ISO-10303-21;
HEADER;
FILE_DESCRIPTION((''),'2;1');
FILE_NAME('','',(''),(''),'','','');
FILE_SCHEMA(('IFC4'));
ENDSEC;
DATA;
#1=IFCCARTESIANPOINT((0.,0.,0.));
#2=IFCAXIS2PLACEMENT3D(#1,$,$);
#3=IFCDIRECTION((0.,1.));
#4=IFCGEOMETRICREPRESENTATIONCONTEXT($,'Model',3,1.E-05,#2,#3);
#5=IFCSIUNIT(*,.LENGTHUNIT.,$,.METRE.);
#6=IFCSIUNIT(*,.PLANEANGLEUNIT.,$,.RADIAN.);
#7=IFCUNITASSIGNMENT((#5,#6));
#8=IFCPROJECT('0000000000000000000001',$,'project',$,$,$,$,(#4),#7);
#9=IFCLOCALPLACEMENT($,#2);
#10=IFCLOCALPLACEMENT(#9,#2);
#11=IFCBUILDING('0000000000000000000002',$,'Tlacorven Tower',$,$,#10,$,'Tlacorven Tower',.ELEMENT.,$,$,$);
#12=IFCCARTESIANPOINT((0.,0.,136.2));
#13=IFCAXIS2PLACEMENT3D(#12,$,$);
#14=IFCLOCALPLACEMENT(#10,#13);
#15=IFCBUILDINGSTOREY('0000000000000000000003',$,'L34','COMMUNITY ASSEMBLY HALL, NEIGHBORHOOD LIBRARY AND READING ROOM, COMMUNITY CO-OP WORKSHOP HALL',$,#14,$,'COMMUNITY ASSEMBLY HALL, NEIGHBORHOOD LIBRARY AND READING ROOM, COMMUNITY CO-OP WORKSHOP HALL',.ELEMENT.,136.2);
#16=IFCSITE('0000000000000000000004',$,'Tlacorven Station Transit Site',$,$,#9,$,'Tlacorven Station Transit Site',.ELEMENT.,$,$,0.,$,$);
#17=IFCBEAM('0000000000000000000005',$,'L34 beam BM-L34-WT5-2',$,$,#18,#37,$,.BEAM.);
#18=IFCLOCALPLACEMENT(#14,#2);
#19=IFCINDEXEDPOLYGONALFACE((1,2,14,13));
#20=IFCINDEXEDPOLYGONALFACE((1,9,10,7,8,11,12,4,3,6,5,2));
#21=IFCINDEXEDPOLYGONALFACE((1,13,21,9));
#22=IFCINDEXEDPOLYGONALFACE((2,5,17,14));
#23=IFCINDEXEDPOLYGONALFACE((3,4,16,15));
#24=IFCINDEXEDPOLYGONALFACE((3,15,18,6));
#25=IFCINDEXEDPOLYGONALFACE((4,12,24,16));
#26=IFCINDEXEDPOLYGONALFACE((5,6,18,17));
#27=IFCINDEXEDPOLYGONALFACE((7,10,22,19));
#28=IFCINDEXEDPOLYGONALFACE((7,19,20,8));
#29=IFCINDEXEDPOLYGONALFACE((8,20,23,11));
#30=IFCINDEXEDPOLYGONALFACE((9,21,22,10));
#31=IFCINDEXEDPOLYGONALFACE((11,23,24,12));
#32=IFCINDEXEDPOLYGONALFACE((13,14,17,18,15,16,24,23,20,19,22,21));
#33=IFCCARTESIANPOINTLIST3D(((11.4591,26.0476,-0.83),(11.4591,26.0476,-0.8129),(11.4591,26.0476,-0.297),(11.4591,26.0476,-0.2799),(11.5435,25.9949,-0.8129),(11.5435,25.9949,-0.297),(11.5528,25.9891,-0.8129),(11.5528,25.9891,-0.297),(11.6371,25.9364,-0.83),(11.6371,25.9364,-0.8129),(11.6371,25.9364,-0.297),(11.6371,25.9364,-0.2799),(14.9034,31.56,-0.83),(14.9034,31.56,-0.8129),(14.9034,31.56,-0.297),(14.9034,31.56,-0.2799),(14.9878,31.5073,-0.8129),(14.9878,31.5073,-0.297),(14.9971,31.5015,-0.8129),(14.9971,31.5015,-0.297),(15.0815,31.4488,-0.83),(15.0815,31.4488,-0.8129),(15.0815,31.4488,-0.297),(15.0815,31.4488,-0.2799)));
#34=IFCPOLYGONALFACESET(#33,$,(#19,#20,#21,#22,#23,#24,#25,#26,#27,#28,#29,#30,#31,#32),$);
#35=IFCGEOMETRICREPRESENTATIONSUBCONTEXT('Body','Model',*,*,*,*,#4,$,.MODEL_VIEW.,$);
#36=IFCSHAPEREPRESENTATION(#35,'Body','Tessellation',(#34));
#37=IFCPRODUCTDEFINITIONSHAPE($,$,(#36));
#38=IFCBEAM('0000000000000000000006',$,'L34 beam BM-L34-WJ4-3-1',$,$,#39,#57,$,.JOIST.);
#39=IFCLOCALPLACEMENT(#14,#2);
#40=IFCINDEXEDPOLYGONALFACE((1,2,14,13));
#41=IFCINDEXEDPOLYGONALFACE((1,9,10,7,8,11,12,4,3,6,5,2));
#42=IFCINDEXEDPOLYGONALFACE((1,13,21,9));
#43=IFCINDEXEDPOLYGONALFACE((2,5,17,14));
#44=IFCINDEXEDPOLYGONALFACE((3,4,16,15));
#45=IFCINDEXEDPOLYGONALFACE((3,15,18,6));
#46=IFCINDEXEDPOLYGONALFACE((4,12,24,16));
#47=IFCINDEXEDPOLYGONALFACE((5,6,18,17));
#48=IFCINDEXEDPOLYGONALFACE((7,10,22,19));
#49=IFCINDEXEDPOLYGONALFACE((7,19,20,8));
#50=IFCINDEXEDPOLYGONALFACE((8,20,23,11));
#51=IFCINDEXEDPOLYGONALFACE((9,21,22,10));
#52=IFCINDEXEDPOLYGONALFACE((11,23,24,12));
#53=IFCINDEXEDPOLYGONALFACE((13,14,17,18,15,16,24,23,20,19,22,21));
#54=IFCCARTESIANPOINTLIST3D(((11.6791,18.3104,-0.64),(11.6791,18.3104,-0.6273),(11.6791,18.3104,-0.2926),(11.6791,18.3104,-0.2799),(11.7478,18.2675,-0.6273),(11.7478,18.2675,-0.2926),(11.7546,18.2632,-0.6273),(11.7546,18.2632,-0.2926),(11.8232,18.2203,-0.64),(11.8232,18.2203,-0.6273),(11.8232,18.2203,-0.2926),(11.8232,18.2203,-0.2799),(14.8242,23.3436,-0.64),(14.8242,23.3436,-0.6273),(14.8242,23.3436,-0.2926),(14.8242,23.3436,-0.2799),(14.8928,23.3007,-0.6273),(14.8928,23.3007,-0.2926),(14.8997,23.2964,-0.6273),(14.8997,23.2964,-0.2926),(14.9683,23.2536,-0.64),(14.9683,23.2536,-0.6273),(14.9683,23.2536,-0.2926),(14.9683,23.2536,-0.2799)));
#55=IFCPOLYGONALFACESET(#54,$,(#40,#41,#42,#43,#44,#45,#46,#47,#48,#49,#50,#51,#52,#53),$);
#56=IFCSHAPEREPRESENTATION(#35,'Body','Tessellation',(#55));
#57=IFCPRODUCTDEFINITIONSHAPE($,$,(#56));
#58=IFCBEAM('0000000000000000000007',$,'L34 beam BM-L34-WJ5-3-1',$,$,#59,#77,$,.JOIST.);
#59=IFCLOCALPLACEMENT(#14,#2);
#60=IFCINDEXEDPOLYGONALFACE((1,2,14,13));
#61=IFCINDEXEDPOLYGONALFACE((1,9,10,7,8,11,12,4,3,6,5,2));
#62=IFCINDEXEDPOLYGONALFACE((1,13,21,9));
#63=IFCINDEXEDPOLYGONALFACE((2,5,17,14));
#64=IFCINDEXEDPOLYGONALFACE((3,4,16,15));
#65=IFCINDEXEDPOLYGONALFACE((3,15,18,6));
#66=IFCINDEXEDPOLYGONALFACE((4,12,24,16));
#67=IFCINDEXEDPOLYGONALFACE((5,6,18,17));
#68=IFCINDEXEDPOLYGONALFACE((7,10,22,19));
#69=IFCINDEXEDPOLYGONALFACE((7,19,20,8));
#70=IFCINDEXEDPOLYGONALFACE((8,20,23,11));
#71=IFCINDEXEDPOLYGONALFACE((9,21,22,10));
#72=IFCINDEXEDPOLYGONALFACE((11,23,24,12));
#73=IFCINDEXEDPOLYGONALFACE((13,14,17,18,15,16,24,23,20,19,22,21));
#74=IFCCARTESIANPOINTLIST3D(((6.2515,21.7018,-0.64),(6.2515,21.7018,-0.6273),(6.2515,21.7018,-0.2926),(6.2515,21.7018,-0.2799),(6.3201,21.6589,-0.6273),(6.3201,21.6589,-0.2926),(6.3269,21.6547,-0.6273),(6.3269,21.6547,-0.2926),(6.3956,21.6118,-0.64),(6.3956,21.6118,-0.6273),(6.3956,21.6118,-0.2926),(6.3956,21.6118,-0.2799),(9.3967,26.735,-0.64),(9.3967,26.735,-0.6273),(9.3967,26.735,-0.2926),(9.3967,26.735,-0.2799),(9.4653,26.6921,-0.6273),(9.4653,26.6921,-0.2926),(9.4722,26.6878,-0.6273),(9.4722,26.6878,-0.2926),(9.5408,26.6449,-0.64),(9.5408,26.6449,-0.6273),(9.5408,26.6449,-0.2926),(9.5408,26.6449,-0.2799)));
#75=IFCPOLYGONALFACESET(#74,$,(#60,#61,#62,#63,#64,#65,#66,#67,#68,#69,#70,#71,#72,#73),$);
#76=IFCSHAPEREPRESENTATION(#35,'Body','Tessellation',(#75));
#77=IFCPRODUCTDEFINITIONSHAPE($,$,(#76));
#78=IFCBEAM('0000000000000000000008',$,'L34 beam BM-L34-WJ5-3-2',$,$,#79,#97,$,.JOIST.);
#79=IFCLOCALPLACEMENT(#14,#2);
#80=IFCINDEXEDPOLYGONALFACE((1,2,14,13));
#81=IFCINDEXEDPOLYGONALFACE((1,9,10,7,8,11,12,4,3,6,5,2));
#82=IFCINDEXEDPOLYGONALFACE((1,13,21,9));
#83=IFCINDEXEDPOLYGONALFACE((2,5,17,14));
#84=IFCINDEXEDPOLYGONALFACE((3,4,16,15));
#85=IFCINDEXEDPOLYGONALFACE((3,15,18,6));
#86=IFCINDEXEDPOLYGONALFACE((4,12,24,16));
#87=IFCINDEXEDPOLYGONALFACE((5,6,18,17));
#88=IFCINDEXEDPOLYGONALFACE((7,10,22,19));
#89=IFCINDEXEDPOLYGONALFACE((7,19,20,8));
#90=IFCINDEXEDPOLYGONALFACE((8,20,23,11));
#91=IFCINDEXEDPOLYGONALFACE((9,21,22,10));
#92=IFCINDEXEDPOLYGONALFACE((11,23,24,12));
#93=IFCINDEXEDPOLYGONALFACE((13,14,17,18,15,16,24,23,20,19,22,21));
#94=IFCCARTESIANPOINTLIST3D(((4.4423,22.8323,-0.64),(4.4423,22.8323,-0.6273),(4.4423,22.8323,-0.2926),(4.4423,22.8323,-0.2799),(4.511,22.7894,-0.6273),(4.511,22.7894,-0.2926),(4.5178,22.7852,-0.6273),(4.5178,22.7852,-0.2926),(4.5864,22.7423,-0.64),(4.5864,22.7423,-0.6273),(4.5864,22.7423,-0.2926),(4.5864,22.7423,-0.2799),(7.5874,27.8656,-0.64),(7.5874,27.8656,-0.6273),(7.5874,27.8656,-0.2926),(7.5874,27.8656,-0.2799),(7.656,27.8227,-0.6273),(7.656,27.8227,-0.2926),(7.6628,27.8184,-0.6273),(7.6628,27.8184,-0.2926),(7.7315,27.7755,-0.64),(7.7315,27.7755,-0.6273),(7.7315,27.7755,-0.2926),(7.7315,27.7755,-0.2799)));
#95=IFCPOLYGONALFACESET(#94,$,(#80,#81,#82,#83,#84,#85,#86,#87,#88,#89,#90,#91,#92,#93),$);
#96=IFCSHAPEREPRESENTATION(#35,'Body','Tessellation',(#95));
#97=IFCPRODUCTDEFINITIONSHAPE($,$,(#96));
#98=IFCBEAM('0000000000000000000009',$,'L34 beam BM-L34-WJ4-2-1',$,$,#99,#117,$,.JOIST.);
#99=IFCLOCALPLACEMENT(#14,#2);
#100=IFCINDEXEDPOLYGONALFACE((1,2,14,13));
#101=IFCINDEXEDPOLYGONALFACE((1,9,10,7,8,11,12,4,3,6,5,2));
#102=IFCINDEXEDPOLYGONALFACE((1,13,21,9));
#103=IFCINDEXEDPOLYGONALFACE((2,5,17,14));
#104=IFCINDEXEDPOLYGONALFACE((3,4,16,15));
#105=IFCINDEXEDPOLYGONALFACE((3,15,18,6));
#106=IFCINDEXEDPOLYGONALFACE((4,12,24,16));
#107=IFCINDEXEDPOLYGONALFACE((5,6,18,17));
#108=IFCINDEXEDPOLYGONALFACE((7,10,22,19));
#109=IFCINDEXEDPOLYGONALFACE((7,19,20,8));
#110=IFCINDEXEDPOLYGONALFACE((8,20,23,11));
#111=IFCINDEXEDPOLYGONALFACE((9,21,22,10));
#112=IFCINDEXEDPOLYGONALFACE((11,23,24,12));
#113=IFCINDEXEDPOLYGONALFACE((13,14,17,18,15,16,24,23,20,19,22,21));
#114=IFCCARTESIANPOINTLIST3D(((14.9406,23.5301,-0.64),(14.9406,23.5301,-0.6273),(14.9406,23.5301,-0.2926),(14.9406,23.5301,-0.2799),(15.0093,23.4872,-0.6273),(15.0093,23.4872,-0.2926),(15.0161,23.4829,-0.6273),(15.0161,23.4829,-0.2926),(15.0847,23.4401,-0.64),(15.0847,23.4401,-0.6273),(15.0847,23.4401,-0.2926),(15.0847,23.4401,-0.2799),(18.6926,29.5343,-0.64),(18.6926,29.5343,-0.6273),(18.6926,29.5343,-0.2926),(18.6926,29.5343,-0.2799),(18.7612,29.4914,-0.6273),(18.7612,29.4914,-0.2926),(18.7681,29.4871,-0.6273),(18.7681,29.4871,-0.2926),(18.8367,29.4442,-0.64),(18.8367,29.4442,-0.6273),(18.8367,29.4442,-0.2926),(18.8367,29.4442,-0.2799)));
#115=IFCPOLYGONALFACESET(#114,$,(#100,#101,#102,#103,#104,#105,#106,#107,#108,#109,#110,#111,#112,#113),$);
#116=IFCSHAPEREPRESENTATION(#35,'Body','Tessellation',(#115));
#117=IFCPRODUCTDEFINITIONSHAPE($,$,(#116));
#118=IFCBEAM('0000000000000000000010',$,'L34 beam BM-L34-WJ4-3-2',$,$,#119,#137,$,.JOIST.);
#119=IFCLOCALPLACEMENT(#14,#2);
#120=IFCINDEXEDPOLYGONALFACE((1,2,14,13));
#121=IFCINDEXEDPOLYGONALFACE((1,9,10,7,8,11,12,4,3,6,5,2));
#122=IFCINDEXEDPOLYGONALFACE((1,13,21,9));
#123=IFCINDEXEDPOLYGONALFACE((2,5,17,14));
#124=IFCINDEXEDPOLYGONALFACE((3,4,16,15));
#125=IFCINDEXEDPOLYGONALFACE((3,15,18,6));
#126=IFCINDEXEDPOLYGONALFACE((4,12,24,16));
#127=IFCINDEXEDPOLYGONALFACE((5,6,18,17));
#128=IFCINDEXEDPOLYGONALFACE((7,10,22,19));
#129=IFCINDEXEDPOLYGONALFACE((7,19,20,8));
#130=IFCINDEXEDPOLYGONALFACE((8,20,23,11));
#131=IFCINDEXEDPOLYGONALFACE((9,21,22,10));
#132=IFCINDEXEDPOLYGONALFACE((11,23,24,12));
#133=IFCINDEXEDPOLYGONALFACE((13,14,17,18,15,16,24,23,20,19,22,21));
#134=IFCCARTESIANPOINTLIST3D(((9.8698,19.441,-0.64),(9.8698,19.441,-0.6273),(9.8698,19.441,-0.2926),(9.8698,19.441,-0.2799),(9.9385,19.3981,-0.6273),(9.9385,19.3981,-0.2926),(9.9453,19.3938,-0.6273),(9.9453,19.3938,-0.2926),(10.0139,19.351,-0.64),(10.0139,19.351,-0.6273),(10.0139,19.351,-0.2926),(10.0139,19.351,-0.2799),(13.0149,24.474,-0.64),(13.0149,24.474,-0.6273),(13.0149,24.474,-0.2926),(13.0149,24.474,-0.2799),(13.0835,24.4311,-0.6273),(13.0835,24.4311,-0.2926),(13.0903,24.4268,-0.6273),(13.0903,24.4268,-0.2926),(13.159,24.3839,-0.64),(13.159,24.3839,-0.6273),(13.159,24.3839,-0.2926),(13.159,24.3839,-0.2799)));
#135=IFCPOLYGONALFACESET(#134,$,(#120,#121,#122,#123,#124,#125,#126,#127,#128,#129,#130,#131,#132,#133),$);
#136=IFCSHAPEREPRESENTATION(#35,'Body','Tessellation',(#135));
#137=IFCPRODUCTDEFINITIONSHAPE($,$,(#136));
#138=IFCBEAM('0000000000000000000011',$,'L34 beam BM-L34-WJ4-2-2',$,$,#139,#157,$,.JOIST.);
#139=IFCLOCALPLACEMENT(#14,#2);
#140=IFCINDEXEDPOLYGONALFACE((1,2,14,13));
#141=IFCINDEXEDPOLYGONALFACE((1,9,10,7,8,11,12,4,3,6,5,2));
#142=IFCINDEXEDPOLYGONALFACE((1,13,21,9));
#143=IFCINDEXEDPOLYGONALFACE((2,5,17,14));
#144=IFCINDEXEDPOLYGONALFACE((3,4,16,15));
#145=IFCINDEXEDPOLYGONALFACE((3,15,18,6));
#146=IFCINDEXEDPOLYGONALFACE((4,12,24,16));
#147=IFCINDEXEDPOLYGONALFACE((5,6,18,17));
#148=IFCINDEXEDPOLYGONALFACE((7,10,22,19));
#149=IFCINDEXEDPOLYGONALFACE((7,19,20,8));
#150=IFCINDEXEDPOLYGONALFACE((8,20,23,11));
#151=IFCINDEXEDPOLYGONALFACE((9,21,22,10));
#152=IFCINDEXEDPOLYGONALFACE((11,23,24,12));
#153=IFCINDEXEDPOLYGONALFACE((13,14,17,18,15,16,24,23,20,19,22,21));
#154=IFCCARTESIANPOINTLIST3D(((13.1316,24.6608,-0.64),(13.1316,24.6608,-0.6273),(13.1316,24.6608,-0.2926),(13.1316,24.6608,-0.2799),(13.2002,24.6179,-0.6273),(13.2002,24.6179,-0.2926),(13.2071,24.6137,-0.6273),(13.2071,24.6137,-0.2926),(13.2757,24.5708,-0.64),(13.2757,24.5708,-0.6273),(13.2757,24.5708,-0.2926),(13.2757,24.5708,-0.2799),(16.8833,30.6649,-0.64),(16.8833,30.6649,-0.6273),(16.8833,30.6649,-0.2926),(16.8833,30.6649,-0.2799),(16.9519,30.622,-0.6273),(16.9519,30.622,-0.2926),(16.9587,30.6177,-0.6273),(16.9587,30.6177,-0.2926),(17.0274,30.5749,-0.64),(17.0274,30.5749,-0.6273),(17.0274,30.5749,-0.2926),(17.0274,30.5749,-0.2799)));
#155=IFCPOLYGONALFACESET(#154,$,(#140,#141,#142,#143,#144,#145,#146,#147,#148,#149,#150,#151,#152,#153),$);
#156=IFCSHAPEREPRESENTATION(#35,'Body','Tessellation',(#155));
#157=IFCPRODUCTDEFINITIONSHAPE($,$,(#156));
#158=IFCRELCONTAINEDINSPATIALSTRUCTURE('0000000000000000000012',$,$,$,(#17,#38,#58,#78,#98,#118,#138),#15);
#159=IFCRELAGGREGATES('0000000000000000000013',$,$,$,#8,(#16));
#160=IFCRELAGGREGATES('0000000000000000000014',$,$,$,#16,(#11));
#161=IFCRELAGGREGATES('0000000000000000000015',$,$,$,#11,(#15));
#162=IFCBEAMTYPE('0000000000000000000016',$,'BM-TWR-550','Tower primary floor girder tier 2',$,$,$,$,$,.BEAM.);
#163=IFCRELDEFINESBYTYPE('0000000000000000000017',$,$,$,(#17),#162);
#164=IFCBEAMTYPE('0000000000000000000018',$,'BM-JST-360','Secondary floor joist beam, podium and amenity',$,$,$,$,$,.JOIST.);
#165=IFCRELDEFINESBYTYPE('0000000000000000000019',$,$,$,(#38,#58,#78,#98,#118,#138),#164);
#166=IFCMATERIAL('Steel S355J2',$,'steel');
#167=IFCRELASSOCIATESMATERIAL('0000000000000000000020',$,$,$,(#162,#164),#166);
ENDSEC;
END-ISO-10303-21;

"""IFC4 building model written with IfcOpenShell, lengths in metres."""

from ifc_helpers import new_model, si_unit, direction, frame, origin, origin_2d, place, context, subcontext, project, spatial, i_section, extrude, source, transform, mapped, material, material_profile, profile_set, type_object, element, save


model = new_model("IFC4")

# Units and contexts
model_context = context("Model", 3, precision=1e-05, world=origin(), true_north=direction((0.0, 1.0)))
body_context = subcontext(model_context, "Body", "Model", "MODEL_VIEW")
ifc_project = project(units=[si_unit("LENGTHUNIT", "METRE"), si_unit("PLANEANGLEUNIT", "RADIAN")], contexts=[model_context])

# Site, building, storey
site_placement = place(None, origin())
site = spatial("IfcSite", under=ifc_project, at=site_placement, Name="Tlacorven Station Transit Site", LongName="Tlacorven Station Transit Site", CompositionType="ELEMENT", RefElevation=0.0)
building_placement = place(site_placement, origin())
building = spatial("IfcBuilding", under=site, at=building_placement, Name="Tlacorven Tower", LongName="Tlacorven Tower", CompositionType="ELEMENT")
storey_placement = place(building_placement, frame((0.0, 0.0, 136.2)))
storey = spatial("IfcBuildingStorey", under=building, at=storey_placement, Name="L34", Description="COMMUNITY ASSEMBLY HALL, NEIGHBORHOOD LIBRARY AND READING ROOM, COMMUNITY CO-OP WORKSHOP HALL", LongName="COMMUNITY ASSEMBLY HALL, NEIGHBORHOOD LIBRARY AND READING ROOM, COMMUNITY CO-OP WORKSHOP HALL", CompositionType="ELEMENT", Elevation=136.2)

# Beams
ifc_material_1 = material(Name="Steel S355J2", Category="steel")
ifc_material_profile_1 = material_profile(ifc_material_1, i_section(OverallWidth=0.21, OverallDepth=0.55, WebThickness=0.011, FlangeThickness=0.0171, at=origin_2d()), Name="IPE 550")
ifc_profile_set_1 = profile_set([ifc_material_profile_1], Name="Steel S355J2")
beam_type_1 = type_object("IfcBeamType", Name="BM-TWR-550", Description="Tower primary floor girder tier 2", PredefinedType="BEAM", material=ifc_profile_set_1)
shared_shape_1 = source(origin(), body_context, "Body", "SweptSolid", [
    extrude(i_section(OverallWidth=0.21, OverallDepth=0.55, WebThickness=0.011, FlangeThickness=0.0171, at=origin_2d()), origin(), (0.0, 0.0, 1.0), 6.5),
])
beam_1_placement = place(storey_placement, frame((14.9924, 31.5044, -0.5549), z_axis=(-0.529894, -0.848064, 0.0), x_axis=(0.848064, -0.529894, 0.0)))
element("IfcBeam", 1, at=beam_1_placement, inside=storey, type_object=beam_type_1, Name="L34 beam BM-L34-WT5-2", PredefinedType="BEAM", context=body_context, shape_type="MappedRepresentation", body=[
    mapped(shared_shape_1, transform((0.0, 0.0, 0.0), scale=1.0)),
])
ifc_material_profile_2 = material_profile(ifc_material_1, i_section(OverallWidth=0.1699, OverallDepth=0.3601, WebThickness=0.0081, FlangeThickness=0.0127, at=origin_2d()), Name="IPE 360")
ifc_profile_set_2 = profile_set([ifc_material_profile_2], Name="Steel S355J2")
beam_type_2 = type_object("IfcBeamType", Name="BM-JST-360", Description="Secondary floor joist beam, podium and amenity", PredefinedType="JOIST", material=ifc_profile_set_2)
shared_shape_2 = source(origin(), body_context, "Body", "SweptSolid", [
    extrude(i_section(OverallWidth=0.1699, OverallDepth=0.3601, WebThickness=0.0081, FlangeThickness=0.0127, at=origin_2d()), origin(), (0.0, 0.0, 1.0), 5.9351),
])
for number, where, z_axis, x_axis, name in (
    (2, (14.8962, 23.2986, -0.46), (-0.52991, -0.848054, 0.0), (0.848054, -0.52991, 0.0), "L34 beam BM-L34-WJ4-3-1"),
    (3, (9.4688, 26.6899, -0.46), (-0.52994, -0.848035, 0.0), (0.848035, -0.52994, 0.0), "L34 beam BM-L34-WJ5-3-1"),
    (4, (7.6594, 27.8206, -0.46), (-0.52991, -0.848054, 0.0), (0.848054, -0.52991, 0.0), "L34 beam BM-L34-WJ5-3-2"),
):
    element("IfcBeam", number, at=place(storey_placement, frame(where, z_axis=z_axis, x_axis=x_axis)), inside=storey, type_object=beam_type_2, Name=name, PredefinedType="JOIST", context=body_context, shape_type="MappedRepresentation", body=[
        mapped(shared_shape_2, transform((0.0, 0.0, 0.0), scale=1.0)),
    ])
shared_shape_3 = source(origin(), body_context, "Body", "SweptSolid", [
    extrude(i_section(OverallWidth=0.1699, OverallDepth=0.3601, WebThickness=0.0081, FlangeThickness=0.0127, at=origin_2d()), origin(), (0.0, 0.0, 1.0), 7.0801),
])
beam_2_placement = place(storey_placement, frame((18.7646, 29.4893, -0.46), z_axis=(-0.529934, -0.848039, 0.0), x_axis=(0.848039, -0.529934, 0.0)))
element("IfcBeam", 5, at=beam_2_placement, inside=storey, type_object=beam_type_2, Name="L34 beam BM-L34-WJ4-2-1", PredefinedType="JOIST", context=body_context, shape_type="MappedRepresentation", body=[
    mapped(shared_shape_3, transform((0.0, 0.0, 0.0), scale=1.0)),
])
shared_shape_4 = source(origin(), body_context, "Body", "SweptSolid", [
    extrude(i_section(OverallWidth=0.1699, OverallDepth=0.3601, WebThickness=0.0081, FlangeThickness=0.0127, at=origin_2d()), origin(), (0.0, 0.0, 1.0), 5.9348),
])
beam_3_placement = place(storey_placement, frame((13.0869, 24.429, -0.46), z_axis=(-0.529929, -0.848042, 0.0), x_axis=(0.848042, -0.529929, 0.0)))
element("IfcBeam", 6, at=beam_3_placement, inside=storey, type_object=beam_type_2, Name="L34 beam BM-L34-WJ4-3-2", PredefinedType="JOIST", context=body_context, shape_type="MappedRepresentation", body=[
    mapped(shared_shape_4, transform((0.0, 0.0, 0.0), scale=1.0)),
])
shared_shape_5 = source(origin(), body_context, "Body", "SweptSolid", [
    extrude(i_section(OverallWidth=0.1699, OverallDepth=0.3601, WebThickness=0.0081, FlangeThickness=0.0127, at=origin_2d()), origin(), (0.0, 0.0, 1.0), 7.0798),
])
beam_4_placement = place(storey_placement, frame((16.9553, 30.6199, -0.46), z_axis=(-0.529909, -0.848054, 0.0), x_axis=(0.848054, -0.529909, 0.0)))
element("IfcBeam", 7, at=beam_4_placement, inside=storey, type_object=beam_type_2, Name="L34 beam BM-L34-WJ4-2-2", PredefinedType="JOIST", context=body_context, shape_type="MappedRepresentation", body=[
    mapped(shared_shape_5, transform((0.0, 0.0, 0.0), scale=1.0)),
])

save(model, "model.ifc")
